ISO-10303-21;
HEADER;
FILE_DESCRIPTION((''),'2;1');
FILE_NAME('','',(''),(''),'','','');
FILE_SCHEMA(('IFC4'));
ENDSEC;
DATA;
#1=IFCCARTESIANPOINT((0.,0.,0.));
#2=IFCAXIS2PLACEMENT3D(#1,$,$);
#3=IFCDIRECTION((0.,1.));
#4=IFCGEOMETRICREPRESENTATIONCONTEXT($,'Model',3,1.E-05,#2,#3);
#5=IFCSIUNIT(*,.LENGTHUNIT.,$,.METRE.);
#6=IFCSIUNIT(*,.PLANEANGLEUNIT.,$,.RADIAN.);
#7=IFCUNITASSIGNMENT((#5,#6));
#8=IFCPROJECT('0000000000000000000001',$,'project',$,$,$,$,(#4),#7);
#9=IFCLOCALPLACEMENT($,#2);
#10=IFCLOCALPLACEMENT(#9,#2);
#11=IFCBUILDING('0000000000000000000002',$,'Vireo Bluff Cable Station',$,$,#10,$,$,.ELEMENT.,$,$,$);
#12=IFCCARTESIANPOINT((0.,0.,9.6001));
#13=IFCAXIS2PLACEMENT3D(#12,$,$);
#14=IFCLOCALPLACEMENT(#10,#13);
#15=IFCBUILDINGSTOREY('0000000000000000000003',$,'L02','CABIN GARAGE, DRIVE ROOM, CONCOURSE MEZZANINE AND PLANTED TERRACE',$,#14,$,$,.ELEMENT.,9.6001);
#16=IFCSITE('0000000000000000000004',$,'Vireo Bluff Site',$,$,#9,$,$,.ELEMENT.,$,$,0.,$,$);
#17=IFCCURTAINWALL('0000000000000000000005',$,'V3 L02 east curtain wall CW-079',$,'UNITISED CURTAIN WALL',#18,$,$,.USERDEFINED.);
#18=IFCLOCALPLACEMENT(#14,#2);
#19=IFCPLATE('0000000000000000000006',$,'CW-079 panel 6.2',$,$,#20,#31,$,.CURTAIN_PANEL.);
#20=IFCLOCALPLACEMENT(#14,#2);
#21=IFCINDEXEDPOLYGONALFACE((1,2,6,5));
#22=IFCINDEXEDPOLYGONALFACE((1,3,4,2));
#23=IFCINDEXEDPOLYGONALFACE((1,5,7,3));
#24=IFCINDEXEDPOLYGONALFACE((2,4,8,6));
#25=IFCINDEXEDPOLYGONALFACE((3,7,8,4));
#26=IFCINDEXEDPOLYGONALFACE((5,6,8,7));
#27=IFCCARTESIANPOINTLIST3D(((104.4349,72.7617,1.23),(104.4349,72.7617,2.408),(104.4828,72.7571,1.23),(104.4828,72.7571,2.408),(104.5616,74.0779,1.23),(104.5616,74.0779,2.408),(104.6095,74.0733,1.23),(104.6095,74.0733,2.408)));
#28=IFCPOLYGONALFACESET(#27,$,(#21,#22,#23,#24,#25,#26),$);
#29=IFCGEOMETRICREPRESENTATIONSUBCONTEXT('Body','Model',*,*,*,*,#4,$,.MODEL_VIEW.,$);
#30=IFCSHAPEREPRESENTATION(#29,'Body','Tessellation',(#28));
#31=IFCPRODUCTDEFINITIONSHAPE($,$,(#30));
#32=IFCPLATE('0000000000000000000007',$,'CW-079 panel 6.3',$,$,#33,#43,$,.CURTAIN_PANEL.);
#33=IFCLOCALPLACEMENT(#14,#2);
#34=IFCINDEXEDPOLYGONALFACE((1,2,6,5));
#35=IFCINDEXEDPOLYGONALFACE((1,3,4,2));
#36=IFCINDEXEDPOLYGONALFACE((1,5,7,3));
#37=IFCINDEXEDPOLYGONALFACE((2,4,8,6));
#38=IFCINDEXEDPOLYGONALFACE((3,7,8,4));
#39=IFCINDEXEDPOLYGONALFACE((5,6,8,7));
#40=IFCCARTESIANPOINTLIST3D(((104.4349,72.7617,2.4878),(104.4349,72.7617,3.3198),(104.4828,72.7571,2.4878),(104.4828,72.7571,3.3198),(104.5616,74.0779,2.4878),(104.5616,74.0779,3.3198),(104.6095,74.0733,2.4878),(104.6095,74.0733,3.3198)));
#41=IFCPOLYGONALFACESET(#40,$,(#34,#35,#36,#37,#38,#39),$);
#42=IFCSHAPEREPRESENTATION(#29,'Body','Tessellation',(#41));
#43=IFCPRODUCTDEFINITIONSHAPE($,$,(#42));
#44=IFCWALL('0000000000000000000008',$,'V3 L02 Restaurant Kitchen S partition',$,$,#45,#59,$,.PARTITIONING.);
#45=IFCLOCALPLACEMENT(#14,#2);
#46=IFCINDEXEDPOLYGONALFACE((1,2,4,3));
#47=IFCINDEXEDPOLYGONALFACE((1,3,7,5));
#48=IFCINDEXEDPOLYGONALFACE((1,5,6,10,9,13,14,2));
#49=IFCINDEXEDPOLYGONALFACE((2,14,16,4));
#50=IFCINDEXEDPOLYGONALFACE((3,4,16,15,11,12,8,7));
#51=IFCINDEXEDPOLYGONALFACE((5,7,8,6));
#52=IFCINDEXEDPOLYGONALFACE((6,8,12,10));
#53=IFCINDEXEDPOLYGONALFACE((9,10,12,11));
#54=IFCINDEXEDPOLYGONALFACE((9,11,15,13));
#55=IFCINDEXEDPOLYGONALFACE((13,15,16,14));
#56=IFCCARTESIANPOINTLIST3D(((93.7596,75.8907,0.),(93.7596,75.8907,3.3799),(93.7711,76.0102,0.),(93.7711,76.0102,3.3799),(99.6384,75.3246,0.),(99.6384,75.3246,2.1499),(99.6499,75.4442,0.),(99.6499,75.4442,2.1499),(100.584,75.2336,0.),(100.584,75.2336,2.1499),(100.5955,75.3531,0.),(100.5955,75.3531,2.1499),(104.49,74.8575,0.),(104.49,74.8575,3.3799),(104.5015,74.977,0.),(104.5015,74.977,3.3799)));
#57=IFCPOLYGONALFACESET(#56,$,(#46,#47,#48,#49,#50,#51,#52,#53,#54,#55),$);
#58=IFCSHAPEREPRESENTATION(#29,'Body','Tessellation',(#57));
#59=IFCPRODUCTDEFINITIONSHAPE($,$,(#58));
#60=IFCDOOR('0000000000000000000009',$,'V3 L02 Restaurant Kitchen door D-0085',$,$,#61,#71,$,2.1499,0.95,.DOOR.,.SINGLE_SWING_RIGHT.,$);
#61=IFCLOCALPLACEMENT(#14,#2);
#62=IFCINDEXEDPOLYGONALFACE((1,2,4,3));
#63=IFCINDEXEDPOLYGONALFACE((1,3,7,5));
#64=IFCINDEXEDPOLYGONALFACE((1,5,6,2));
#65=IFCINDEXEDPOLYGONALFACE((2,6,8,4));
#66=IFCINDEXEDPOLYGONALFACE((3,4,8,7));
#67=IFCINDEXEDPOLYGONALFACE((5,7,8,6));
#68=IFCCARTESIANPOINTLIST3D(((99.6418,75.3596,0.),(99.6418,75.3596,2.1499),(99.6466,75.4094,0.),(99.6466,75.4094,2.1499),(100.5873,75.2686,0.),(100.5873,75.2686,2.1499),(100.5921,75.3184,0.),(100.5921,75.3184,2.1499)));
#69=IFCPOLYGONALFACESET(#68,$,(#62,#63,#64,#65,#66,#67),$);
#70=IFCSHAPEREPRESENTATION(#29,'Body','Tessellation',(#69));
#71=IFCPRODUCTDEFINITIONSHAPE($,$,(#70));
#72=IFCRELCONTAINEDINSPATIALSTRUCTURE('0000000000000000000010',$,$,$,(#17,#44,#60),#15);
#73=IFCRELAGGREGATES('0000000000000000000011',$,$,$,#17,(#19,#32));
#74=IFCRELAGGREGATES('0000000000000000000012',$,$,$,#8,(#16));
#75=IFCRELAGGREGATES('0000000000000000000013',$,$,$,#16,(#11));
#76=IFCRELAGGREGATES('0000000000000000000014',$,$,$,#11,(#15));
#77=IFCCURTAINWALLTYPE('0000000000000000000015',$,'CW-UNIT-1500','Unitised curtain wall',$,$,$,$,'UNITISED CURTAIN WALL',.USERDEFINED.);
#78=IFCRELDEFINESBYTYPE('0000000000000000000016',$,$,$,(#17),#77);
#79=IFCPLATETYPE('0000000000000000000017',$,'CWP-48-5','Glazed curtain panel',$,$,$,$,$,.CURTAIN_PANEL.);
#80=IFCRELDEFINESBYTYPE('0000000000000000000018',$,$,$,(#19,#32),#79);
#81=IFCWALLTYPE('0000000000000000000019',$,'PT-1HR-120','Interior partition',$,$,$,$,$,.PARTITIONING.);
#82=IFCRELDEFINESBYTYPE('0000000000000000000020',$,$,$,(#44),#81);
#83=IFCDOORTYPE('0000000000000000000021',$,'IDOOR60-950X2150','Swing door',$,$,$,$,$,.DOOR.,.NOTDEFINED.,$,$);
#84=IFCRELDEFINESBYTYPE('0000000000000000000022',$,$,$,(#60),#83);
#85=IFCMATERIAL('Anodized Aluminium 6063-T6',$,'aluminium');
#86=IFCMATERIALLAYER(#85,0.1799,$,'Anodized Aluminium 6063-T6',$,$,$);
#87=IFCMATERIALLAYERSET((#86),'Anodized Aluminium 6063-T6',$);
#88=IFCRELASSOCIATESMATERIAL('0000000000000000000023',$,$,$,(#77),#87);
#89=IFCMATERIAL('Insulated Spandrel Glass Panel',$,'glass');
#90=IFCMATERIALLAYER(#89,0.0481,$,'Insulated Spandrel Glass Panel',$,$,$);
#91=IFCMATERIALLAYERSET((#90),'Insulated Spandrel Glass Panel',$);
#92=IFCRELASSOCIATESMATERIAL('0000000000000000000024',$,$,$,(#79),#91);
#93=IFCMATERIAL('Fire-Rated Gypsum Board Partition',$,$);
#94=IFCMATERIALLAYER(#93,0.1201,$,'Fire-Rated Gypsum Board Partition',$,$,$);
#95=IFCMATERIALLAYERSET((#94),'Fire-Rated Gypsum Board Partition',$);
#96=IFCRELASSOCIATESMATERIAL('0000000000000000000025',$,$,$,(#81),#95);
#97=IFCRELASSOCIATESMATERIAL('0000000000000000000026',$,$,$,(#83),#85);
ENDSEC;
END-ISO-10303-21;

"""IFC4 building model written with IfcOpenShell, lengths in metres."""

from ifc_helpers import new_model, si_unit, direction, frame, frame_2d, origin, origin_with_axes, origin_2d, place, context, subcontext, project, spatial, rectangle, extrude, material, layer, layer_set, type_object, element, fill, aggregate, save


model = new_model("IFC4")

# Units and contexts
model_context = context("Model", 3, precision=1e-05, world=origin(), true_north=direction((0.0, 1.0)))
body_context = subcontext(model_context, "Body", "Model", "MODEL_VIEW")
ifc_project = project(units=[si_unit("LENGTHUNIT", "METRE"), si_unit("PLANEANGLEUNIT", "RADIAN")], contexts=[model_context])

# Site, building, storey
site_placement = place(None, origin())
site = spatial("IfcSite", under=ifc_project, at=site_placement, Name="Vireo Bluff Site", CompositionType="ELEMENT", RefElevation=0.0)
building_placement = place(site_placement, origin())
building = spatial("IfcBuilding", under=site, at=building_placement, Name="Vireo Bluff Cable Station", CompositionType="ELEMENT")
storey_placement = place(building_placement, frame((0.0, 0.0, 9.6001)))
storey = spatial("IfcBuildingStorey", under=building, at=storey_placement, Name="L02", Description="CABIN GARAGE, DRIVE ROOM, CONCOURSE MEZZANINE AND PLANTED TERRACE", CompositionType="ELEMENT", Elevation=9.6001)

# Shared definitions
ifc_material_1 = material(Name="Anodized Aluminium 6063-T6", Category="aluminium")

# Curtain wall
ifc_layer_1 = layer(ifc_material_1, 0.1799, Name="Anodized Aluminium 6063-T6")
ifc_layer_set_1 = layer_set([ifc_layer_1], Name="Anodized Aluminium 6063-T6")
curtain_wall_type_1 = type_object("IfcCurtainWallType", Name="CW-UNIT-1500", Description="Unitised curtain wall", ElementType="UNITISED CURTAIN WALL", PredefinedType="USERDEFINED", material=ifc_layer_set_1)
curtain_wall_1_placement = place(storey_placement, origin())
curtain_wall_1 = element("IfcCurtainWall", 1, at=curtain_wall_1_placement, inside=storey, type_object=curtain_wall_type_1, Name="V3 L02 east curtain wall CW-079", ObjectType="UNITISED CURTAIN WALL", PredefinedType="USERDEFINED")

# Plates
ifc_material_2 = material(Name="Insulated Spandrel Glass Panel", Category="glass")
ifc_layer_2 = layer(ifc_material_2, 0.0481, Name="Insulated Spandrel Glass Panel")
ifc_layer_set_2 = layer_set([ifc_layer_2], Name="Insulated Spandrel Glass Panel")
plate_type_1 = type_object("IfcPlateType", Name="CWP-48-5", Description="Glazed curtain panel", PredefinedType="CURTAIN_PANEL", material=ifc_layer_set_2)
plate_1_placement = place(storey_placement, frame((104.5222, 73.4175, 1.23), z_axis=(0.0, 0.0, 1.0), x_axis=(-0.095846, -0.995396, 0.0)))
plate_1 = element("IfcPlate", 2, at=plate_1_placement, type_object=plate_type_1, Name="CW-079 panel 6.2", PredefinedType="CURTAIN_PANEL", context=body_context, shape_type="SweptSolid", body=[
    extrude(rectangle(XDim=1.3223, YDim=0.0481, at=origin_2d()), origin(), (0.0, 0.0, 1.0), 1.178),
])
plate_2_placement = place(storey_placement, frame((104.5222, 73.4175, 2.4878), z_axis=(0.0, 0.0, 1.0), x_axis=(-0.095846, -0.995396, 0.0)))
plate_2 = element("IfcPlate", 3, at=plate_2_placement, type_object=plate_type_1, Name="CW-079 panel 6.3", PredefinedType="CURTAIN_PANEL", context=body_context, shape_type="SweptSolid", body=[
    extrude(rectangle(XDim=1.3223, YDim=0.0481, at=origin_2d()), origin(), (0.0, 0.0, 1.0), 0.832),
])
aggregate(curtain_wall_1, [plate_1, plate_2])

# Wall, opening, door
ifc_material_3 = material(Name="Fire-Rated Gypsum Board Partition")
ifc_layer_3 = layer(ifc_material_3, 0.1201, Name="Fire-Rated Gypsum Board Partition")
ifc_layer_set_3 = layer_set([ifc_layer_3], Name="Fire-Rated Gypsum Board Partition")
wall_type = type_object("IfcWallType", Name="PT-1HR-120", Description="Interior partition", PredefinedType="PARTITIONING", material=ifc_layer_set_3)
wall_placement = place(storey_placement, frame((104.4958, 74.9172, 0.0), z_axis=(0.0, 0.0, 1.0), x_axis=(-0.995396, 0.095844, 0.0)))
wall = element("IfcWall", 4, at=wall_placement, inside=storey, type_object=wall_type, Name="V3 L02 Restaurant Kitchen S partition", PredefinedType="PARTITIONING", context=body_context, shape_type="SweptSolid", body=[
    extrude(rectangle(XDim=10.78, YDim=0.1201, at=frame_2d((5.3901, 0.0))), origin(), (0.0, 0.0, 1.0), 3.3799),
])
opening_placement = place(wall_placement, frame((3.9241, 0.0, 0.0)))
opening = element("IfcOpeningElement", 5, at=opening_placement, cuts=wall, PredefinedType="OPENING", context=body_context, shape_type="SweptSolid", body=[
    extrude(rectangle(XDim=0.95, YDim=2.1499, at=frame_2d((0.4751, 1.075))), frame((0.0, 0.0701, 0.0), z_axis=(0.0, -1.0, 0.0), x_axis=(1.0, 0.0, 0.0)), (0.0, 0.0, 1.0), 0.1401),
])
door_type = type_object("IfcDoorType", Name="IDOOR60-950X2150", Description="Swing door", OperationType="NOTDEFINED", PredefinedType="DOOR", material=ifc_material_1)
door_placement = place(opening_placement, origin_with_axes())
door = element("IfcDoor", 6, at=door_placement, inside=storey, type_object=door_type, Name="V3 L02 Restaurant Kitchen door D-0085", OperationType="SINGLE_SWING_RIGHT", OverallHeight=2.1499, OverallWidth=0.95, PredefinedType="DOOR", context=body_context, shape_type="SweptSolid", body=[
    extrude(rectangle(XDim=0.95, YDim=2.1499, at=frame_2d((0.4751, 1.075))), frame((0.0, 0.0249, 0.0), z_axis=(0.0, -1.0, 0.0), x_axis=(1.0, 0.0, 0.0)), (0.0, 0.0, 1.0), 0.05),
])
fill(opening, door)

save(model, "model.ifc")
